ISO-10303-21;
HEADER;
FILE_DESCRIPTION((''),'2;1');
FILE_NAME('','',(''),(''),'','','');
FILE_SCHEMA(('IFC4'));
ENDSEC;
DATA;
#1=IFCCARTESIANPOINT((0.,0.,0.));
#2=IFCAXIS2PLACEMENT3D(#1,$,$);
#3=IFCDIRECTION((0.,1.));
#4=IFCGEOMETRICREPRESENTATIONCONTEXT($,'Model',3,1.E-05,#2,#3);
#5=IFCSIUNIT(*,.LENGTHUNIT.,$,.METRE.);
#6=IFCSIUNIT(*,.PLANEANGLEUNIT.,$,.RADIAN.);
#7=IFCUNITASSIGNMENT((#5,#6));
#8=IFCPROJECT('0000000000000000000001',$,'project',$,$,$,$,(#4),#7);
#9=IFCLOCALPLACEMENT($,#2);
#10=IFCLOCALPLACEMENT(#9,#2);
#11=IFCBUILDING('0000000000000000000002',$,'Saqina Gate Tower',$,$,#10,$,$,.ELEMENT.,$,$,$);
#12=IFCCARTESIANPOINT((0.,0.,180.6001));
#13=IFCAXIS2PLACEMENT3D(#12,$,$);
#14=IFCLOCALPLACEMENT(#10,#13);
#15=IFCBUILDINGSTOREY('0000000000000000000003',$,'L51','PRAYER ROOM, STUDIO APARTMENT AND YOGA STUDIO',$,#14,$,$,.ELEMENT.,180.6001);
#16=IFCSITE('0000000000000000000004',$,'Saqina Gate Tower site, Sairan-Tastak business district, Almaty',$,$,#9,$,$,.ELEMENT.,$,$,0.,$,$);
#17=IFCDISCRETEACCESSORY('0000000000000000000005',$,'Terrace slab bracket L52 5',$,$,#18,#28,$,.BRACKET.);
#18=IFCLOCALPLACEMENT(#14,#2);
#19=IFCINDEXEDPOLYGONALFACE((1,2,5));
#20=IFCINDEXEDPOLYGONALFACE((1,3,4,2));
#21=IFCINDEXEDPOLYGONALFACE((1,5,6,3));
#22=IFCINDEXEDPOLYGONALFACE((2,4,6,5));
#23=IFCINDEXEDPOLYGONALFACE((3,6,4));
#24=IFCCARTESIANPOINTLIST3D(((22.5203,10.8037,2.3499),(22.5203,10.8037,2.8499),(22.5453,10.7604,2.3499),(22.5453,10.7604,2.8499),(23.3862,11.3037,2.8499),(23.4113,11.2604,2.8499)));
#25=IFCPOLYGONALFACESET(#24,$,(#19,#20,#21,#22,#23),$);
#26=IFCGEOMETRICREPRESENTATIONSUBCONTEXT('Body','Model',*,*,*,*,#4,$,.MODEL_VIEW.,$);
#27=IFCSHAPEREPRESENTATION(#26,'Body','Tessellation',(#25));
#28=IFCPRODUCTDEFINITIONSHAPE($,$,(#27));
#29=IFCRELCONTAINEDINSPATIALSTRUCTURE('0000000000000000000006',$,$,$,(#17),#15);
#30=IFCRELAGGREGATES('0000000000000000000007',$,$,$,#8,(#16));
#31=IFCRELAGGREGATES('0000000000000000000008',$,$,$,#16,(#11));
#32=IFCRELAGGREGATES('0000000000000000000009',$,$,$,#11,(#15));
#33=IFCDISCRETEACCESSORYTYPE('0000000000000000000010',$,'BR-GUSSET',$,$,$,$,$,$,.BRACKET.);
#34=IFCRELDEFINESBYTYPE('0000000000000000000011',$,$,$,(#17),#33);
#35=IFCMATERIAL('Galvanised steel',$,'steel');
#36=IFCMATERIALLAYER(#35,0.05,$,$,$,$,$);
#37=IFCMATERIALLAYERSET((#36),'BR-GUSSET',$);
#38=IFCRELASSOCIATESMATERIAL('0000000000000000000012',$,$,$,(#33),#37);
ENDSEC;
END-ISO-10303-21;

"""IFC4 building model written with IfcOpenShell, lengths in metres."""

from ifc_helpers import new_model, si_unit, direction, frame, origin, place, context, subcontext, project, spatial, polyline, outline, extrude, material, layer, layer_set, type_object, element, save


model = new_model("IFC4")

# Units and contexts
model_context = context("Model", 3, precision=1e-05, world=origin(), true_north=direction((0.0, 1.0)))
body_context = subcontext(model_context, "Body", "Model", "MODEL_VIEW")
ifc_project = project(units=[si_unit("LENGTHUNIT", "METRE"), si_unit("PLANEANGLEUNIT", "RADIAN")], contexts=[model_context])

# Site, building, storey
site_placement = place(None, origin())
site = spatial("IfcSite", under=ifc_project, at=site_placement, Name="Saqina Gate Tower site, Sairan-Tastak business district, Almaty", CompositionType="ELEMENT", RefElevation=0.0)
building_placement = place(site_placement, origin())
building = spatial("IfcBuilding", under=site, at=building_placement, Name="Saqina Gate Tower", CompositionType="ELEMENT")
storey_placement = place(building_placement, frame((0.0, 0.0, 180.6001)))
storey = spatial("IfcBuildingStorey", under=building, at=storey_placement, Name="L51", Description="PRAYER ROOM, STUDIO APARTMENT AND YOGA STUDIO", CompositionType="ELEMENT", Elevation=180.6001)

# Discrete accessory
ifc_material_1 = material(Name="Galvanised steel", Category="steel")
ifc_layer_1 = layer(ifc_material_1, 0.05)
ifc_layer_set_1 = layer_set([ifc_layer_1], Name="BR-GUSSET")
discrete_accessory_type_1 = type_object("IfcDiscreteAccessoryType", Name="BR-GUSSET", PredefinedType="BRACKET", material=ifc_layer_set_1)
discrete_accessory_placement = place(storey_placement, frame((22.5203, 10.8037, 2.3499), z_axis=(-0.500025, 0.866011, 0.0), x_axis=(0.0, 0.0, 1.0)))
element("IfcDiscreteAccessory", 1, at=discrete_accessory_placement, inside=storey, type_object=discrete_accessory_type_1, Name="Terrace slab bracket L52 5", PredefinedType="BRACKET", context=body_context, shape_type="SweptSolid", body=[
    extrude(outline(polyline([(0.0, 0.0), (0.5, 0.0), (0.5, 0.9999), (0.0, 0.0)])), origin(), (0.0, 0.0, -1.0), 0.05),
])

save(model, "model.ifc")
